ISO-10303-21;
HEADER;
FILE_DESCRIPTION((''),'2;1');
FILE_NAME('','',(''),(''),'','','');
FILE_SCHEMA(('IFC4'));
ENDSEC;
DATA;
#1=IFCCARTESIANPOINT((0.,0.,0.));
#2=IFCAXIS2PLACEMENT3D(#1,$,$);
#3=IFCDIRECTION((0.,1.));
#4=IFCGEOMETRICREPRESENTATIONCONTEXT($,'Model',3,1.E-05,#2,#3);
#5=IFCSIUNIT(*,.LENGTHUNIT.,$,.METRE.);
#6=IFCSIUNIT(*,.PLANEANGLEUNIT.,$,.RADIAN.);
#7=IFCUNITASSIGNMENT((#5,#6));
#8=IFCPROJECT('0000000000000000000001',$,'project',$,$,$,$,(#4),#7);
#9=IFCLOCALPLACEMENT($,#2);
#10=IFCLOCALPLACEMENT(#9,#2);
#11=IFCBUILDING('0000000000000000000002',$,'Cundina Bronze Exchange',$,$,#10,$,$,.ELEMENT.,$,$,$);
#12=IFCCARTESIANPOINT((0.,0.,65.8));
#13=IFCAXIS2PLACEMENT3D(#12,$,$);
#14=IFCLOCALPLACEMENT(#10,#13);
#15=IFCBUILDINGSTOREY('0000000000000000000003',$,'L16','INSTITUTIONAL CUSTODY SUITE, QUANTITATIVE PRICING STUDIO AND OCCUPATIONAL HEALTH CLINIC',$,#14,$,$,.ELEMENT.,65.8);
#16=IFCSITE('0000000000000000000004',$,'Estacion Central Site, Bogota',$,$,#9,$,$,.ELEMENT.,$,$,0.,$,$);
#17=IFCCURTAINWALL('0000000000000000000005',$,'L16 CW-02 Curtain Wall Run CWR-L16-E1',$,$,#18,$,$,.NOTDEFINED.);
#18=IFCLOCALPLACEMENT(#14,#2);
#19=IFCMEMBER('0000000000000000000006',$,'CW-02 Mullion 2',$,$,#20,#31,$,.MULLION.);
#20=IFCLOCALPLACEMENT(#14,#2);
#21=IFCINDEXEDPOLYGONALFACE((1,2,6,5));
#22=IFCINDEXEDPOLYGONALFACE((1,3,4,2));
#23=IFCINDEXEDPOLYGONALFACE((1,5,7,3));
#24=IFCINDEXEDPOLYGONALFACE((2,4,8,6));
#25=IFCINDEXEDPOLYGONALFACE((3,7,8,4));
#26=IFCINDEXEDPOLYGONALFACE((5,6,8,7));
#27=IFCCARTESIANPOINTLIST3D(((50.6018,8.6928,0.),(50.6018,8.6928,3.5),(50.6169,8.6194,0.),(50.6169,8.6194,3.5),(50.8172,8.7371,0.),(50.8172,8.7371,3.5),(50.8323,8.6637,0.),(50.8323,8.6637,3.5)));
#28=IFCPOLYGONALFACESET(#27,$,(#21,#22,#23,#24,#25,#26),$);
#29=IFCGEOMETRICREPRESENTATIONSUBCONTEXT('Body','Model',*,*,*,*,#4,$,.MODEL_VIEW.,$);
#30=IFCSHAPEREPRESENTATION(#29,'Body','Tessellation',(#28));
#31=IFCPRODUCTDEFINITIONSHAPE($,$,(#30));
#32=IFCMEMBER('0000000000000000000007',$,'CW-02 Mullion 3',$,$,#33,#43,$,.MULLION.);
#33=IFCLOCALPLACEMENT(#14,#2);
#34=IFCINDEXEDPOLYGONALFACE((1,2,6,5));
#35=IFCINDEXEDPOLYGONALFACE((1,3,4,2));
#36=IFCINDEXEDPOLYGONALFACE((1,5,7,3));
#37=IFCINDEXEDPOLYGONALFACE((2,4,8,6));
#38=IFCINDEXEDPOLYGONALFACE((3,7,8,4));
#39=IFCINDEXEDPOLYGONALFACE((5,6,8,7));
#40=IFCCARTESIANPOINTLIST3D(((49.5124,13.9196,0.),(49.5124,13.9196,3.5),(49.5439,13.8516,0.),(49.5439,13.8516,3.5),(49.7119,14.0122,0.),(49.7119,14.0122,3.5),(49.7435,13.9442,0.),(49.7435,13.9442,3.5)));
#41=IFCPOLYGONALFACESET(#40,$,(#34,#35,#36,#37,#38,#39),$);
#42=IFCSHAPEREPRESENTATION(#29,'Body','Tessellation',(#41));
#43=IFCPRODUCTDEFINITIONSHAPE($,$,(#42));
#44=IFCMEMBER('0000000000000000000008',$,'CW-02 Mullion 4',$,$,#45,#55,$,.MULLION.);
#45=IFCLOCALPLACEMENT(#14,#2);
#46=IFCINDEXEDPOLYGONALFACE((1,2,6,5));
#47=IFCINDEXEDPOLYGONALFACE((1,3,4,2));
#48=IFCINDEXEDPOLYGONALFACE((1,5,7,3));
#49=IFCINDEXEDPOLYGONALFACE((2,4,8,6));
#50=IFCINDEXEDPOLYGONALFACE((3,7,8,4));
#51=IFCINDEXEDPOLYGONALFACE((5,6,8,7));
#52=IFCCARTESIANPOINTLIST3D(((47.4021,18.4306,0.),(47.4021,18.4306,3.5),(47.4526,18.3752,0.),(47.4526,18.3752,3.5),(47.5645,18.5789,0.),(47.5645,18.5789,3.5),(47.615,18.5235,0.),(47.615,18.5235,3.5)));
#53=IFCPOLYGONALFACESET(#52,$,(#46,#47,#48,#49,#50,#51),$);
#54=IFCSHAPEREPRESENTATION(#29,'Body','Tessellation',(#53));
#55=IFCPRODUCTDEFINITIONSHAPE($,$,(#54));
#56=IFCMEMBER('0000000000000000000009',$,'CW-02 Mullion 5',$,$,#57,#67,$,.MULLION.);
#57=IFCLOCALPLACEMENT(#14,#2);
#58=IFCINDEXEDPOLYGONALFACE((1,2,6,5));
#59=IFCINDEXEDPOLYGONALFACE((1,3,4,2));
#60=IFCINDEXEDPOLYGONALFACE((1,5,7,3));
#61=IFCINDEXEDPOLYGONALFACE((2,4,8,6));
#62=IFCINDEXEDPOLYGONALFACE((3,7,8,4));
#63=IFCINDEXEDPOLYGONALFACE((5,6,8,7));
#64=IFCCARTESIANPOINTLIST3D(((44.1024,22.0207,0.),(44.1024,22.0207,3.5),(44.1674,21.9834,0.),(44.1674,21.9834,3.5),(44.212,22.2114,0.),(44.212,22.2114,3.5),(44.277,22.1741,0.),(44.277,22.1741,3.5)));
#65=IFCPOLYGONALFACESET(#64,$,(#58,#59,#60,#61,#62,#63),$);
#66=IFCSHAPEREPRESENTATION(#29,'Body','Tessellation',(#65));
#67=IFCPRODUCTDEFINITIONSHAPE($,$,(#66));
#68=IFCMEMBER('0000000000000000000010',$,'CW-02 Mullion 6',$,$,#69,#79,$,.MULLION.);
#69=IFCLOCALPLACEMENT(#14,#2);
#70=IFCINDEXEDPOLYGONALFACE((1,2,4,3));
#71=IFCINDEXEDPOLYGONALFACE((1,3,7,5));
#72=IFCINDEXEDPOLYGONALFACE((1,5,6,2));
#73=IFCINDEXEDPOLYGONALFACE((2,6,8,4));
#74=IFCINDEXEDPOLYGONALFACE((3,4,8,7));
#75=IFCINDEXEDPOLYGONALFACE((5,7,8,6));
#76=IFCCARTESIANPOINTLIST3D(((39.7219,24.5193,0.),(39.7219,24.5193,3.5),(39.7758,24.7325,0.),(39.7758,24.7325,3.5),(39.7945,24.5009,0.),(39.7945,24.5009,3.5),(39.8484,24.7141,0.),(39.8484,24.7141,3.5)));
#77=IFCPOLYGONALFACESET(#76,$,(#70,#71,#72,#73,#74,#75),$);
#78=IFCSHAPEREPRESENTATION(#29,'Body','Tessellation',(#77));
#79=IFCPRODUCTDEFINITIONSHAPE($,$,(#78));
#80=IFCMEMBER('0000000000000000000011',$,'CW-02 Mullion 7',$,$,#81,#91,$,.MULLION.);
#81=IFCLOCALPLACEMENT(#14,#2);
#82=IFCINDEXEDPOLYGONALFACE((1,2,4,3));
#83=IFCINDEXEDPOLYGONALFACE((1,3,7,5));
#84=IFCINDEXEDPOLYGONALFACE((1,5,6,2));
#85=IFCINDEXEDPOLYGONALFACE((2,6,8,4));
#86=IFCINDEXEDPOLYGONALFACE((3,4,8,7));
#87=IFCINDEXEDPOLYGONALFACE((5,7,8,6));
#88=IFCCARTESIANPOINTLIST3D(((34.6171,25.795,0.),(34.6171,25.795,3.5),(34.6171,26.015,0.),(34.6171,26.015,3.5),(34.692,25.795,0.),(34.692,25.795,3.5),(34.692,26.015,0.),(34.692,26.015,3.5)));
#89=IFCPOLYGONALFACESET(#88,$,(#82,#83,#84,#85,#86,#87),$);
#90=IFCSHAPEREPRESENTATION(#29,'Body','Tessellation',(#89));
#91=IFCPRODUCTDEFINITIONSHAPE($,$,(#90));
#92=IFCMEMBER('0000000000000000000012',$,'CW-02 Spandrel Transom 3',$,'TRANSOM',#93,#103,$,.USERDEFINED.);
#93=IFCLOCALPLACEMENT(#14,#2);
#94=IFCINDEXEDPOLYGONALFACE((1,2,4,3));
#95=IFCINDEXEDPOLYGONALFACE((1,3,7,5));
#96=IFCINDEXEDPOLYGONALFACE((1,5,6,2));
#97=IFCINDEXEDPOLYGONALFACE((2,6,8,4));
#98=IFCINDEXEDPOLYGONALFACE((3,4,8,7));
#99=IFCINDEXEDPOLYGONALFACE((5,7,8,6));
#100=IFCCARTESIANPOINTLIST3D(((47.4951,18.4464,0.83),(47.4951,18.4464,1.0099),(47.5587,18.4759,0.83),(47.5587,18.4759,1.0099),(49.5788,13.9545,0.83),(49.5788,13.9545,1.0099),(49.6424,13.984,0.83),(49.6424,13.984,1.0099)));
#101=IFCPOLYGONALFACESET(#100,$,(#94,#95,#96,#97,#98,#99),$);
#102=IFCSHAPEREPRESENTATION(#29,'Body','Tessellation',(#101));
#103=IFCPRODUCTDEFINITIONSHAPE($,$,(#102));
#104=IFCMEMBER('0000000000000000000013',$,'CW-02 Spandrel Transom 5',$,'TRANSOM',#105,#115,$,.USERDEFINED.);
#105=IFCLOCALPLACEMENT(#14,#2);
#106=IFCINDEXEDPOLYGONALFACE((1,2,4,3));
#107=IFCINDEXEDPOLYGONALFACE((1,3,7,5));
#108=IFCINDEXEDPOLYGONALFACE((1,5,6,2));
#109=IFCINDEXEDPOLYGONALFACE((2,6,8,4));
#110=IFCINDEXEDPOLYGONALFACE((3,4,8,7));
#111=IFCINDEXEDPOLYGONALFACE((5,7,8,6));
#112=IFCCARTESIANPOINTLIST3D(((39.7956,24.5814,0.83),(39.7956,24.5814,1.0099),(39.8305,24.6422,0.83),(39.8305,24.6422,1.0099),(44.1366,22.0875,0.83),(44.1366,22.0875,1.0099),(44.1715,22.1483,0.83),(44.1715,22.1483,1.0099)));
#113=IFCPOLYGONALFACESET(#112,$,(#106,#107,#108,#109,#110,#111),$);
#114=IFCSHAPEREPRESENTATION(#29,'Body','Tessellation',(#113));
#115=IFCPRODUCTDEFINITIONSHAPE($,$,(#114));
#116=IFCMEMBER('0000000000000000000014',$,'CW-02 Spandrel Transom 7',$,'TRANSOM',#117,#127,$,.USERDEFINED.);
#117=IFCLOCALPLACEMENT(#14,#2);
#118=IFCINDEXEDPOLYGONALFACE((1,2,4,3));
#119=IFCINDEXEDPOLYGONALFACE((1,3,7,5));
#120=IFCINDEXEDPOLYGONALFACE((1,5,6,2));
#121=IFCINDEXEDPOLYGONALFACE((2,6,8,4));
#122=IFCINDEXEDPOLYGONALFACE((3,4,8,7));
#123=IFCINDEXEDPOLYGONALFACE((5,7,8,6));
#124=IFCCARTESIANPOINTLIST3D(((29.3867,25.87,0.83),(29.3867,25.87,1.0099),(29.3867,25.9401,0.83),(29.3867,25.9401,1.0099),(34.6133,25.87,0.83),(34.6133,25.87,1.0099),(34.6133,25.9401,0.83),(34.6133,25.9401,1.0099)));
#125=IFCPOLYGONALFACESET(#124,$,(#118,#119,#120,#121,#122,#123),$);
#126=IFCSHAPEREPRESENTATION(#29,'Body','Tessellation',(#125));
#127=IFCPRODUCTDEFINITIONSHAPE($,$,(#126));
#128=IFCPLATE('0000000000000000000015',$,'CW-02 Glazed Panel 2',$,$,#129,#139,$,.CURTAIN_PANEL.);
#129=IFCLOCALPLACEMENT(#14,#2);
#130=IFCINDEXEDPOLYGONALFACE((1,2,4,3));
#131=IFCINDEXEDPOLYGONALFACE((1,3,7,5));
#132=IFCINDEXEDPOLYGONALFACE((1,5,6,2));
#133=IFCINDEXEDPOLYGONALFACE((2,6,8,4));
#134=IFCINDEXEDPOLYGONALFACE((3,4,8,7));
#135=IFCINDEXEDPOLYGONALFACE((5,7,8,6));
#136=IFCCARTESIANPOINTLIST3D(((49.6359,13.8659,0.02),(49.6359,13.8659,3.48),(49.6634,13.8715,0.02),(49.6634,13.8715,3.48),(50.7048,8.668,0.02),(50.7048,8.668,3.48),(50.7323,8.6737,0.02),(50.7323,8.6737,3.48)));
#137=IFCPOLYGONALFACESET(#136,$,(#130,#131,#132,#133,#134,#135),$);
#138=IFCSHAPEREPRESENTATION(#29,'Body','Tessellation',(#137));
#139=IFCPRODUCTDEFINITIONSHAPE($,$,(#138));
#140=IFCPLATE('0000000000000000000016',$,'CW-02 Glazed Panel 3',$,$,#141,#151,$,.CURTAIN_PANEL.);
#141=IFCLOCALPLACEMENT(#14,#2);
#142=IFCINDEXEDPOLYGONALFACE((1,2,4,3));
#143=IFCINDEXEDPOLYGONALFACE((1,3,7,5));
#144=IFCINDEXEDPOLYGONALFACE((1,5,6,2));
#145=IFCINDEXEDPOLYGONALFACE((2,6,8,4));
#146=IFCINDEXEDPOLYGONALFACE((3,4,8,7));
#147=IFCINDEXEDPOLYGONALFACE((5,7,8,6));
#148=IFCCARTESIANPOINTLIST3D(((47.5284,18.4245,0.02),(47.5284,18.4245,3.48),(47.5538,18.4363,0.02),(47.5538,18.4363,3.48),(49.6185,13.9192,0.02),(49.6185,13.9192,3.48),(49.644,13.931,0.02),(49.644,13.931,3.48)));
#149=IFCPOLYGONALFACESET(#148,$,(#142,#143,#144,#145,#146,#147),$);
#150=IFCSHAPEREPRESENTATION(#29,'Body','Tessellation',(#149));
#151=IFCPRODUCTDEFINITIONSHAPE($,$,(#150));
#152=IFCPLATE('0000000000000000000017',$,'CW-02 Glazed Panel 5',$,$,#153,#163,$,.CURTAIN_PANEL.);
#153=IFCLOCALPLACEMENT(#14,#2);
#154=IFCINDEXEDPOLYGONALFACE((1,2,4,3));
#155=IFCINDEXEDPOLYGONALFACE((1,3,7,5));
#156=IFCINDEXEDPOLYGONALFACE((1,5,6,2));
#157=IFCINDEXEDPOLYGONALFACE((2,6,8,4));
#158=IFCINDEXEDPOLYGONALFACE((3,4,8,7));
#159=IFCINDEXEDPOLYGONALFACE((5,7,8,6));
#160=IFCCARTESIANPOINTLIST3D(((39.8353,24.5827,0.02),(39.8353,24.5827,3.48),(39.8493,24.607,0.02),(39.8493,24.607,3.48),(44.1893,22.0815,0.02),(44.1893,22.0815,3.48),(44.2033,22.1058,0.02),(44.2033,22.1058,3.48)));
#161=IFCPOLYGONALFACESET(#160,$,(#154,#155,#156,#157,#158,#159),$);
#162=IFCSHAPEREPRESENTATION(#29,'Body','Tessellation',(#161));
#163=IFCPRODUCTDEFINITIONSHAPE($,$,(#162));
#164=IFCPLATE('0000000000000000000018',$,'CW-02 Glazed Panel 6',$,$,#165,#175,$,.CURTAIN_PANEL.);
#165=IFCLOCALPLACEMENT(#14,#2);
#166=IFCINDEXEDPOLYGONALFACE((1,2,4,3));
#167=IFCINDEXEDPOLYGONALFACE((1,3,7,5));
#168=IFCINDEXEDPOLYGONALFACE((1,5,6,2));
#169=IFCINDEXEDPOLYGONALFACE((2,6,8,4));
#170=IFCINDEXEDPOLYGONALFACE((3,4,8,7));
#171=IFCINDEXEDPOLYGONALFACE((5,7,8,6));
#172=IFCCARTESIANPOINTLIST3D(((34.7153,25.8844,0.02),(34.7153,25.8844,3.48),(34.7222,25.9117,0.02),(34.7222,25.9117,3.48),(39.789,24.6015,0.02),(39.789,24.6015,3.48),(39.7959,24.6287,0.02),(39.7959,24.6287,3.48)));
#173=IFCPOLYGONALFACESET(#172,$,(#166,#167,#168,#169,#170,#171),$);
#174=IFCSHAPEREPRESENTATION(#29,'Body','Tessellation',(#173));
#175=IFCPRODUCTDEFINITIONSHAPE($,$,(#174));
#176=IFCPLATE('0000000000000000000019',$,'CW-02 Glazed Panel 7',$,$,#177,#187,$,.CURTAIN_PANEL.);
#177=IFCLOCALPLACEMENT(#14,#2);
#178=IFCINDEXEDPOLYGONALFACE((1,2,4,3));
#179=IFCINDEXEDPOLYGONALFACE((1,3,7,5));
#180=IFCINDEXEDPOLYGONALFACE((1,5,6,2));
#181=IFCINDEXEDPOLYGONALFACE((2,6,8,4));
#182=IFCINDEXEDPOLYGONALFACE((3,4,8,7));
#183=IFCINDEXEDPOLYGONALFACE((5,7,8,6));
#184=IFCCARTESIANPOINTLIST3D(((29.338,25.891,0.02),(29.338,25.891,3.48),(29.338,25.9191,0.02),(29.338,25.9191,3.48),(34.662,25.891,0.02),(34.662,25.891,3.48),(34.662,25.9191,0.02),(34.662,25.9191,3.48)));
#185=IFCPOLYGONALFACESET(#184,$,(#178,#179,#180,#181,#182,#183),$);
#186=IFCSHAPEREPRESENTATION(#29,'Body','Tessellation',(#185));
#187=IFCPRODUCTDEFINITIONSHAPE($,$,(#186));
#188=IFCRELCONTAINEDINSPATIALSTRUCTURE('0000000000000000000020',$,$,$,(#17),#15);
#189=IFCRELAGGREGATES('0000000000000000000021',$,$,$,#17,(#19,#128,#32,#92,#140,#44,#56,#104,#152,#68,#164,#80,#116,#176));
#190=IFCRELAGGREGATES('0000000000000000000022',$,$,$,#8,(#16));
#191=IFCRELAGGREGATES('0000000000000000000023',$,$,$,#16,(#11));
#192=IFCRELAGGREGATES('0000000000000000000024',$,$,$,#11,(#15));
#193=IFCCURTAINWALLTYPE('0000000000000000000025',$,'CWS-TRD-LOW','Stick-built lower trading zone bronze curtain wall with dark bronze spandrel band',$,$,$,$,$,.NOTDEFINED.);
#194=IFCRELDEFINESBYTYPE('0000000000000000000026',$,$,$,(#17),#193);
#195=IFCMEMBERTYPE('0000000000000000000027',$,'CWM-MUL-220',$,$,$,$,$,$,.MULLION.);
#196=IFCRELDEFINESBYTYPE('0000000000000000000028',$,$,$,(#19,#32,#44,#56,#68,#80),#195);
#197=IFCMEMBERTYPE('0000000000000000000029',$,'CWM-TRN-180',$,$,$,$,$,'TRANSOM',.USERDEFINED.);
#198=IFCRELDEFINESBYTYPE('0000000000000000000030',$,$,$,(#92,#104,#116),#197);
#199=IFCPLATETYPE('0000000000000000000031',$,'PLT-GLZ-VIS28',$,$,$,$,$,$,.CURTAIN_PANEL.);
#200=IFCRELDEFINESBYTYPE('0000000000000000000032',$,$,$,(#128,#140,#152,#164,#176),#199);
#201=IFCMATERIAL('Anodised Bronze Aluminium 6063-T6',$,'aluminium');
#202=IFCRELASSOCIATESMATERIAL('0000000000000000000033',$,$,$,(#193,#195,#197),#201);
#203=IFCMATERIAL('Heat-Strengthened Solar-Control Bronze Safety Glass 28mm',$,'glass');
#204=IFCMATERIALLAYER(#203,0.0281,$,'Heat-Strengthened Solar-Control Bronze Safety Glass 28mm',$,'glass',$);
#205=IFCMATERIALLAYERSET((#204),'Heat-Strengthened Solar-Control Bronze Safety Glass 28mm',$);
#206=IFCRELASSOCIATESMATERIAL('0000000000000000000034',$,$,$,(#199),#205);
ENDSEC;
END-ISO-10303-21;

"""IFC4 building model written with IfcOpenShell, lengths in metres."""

from ifc_helpers import new_model, si_unit, direction, frame, origin, origin_2d, place, context, subcontext, project, spatial, rectangle, extrude, material, layer, layer_set, material_profile, profile_set, type_object, element, aggregate, save


model = new_model("IFC4")

# Units and contexts
model_context = context("Model", 3, precision=1e-05, world=origin(), true_north=direction((0.0, 1.0)))
body_context = subcontext(model_context, "Body", "Model", "MODEL_VIEW")
ifc_project = project(units=[si_unit("LENGTHUNIT", "METRE"), si_unit("PLANEANGLEUNIT", "RADIAN")], contexts=[model_context])

# Site, building, storey
site_placement = place(None, origin())
site = spatial("IfcSite", under=ifc_project, at=site_placement, Name="Estacion Central Site, Bogota", CompositionType="ELEMENT", RefElevation=0.0)
building_placement = place(site_placement, origin())
building = spatial("IfcBuilding", under=site, at=building_placement, Name="Cundina Bronze Exchange", CompositionType="ELEMENT")
storey_placement = place(building_placement, frame((0.0, 0.0, 65.8)))
storey = spatial("IfcBuildingStorey", under=building, at=storey_placement, Name="L16", Description="INSTITUTIONAL CUSTODY SUITE, QUANTITATIVE PRICING STUDIO AND OCCUPATIONAL HEALTH CLINIC", CompositionType="ELEMENT", Elevation=65.8)

# Curtain wall, members, plates
ifc_material_1 = material(Name="Anodised Bronze Aluminium 6063-T6", Category="aluminium")
curtain_wall_type = type_object("IfcCurtainWallType", Name="CWS-TRD-LOW", Description="Stick-built lower trading zone bronze curtain wall with dark bronze spandrel band", PredefinedType="NOTDEFINED", material=ifc_material_1)
curtain_wall_placement = place(storey_placement, origin())
curtain_wall = element("IfcCurtainWall", 1, at=curtain_wall_placement, inside=storey, type_object=curtain_wall_type, Name="L16 CW-02 Curtain Wall Run CWR-L16-E1", PredefinedType="NOTDEFINED")
ifc_material_profile_1 = material_profile(ifc_material_1, rectangle(XDim=0.075, YDim=0.22, at=origin_2d()), Name="AL75X220", Category="aluminium")
ifc_profile_set_1 = profile_set([ifc_material_profile_1], Name="Anodised Bronze Aluminium 6063-T6")
member_type_1 = type_object("IfcMemberType", Name="CWM-MUL-220", PredefinedType="MULLION", material=ifc_profile_set_1)
member_1_placement = place(storey_placement, frame((50.717, 8.6782, 0.0), z_axis=(0.0, 0.0, 1.0), x_axis=(-0.20142, 0.979505, 0.0)))
member_1 = element("IfcMember", 2, at=member_1_placement, type_object=member_type_1, Name="CW-02 Mullion 2", PredefinedType="MULLION", context=body_context, shape_type="SweptSolid", body=[
    extrude(rectangle(XDim=0.075, YDim=0.22, at=origin_2d()), origin(), (0.0, 0.0, 1.0), 3.5),
])
member_2_placement = place(storey_placement, frame((49.6279, 13.9319, 0.0), z_axis=(0.0, 0.0, 1.0), x_axis=(-0.420877, 0.907117, 0.0)))
member_2 = element("IfcMember", 3, at=member_2_placement, type_object=member_type_1, Name="CW-02 Mullion 3", PredefinedType="MULLION", context=body_context, shape_type="SweptSolid", body=[
    extrude(rectangle(XDim=0.075, YDim=0.22, at=origin_2d()), origin(), (0.0, 0.0, 1.0), 3.5),
])
member_3_placement = place(storey_placement, frame((47.5085, 18.4771, 0.0), z_axis=(0.0, 0.0, 1.0), x_axis=(-0.674302, 0.738455, 0.0)))
member_3 = element("IfcMember", 4, at=member_3_placement, type_object=member_type_1, Name="CW-02 Mullion 4", PredefinedType="MULLION", context=body_context, shape_type="SweptSolid", body=[
    extrude(rectangle(XDim=0.075, YDim=0.22, at=origin_2d()), origin(), (0.0, 0.0, 1.0), 3.5),
])
member_4_placement = place(storey_placement, frame((44.1897, 22.0974, 0.0), z_axis=(0.0, 0.0, 1.0), x_axis=(-0.867071, 0.498185, 0.0)))
member_4 = element("IfcMember", 5, at=member_4_placement, type_object=member_type_1, Name="CW-02 Mullion 5", PredefinedType="MULLION", context=body_context, shape_type="SweptSolid", body=[
    extrude(rectangle(XDim=0.075, YDim=0.22, at=origin_2d()), origin(), (0.0, 0.0, 1.0), 3.5),
])
member_5_placement = place(storey_placement, frame((39.7852, 24.6167, 0.0), z_axis=(0.0, 0.0, 1.0), x_axis=(-0.969488, 0.245138, 0.0)))
member_5 = element("IfcMember", 6, at=member_5_placement, type_object=member_type_1, Name="CW-02 Mullion 6", PredefinedType="MULLION", context=body_context, shape_type="SweptSolid", body=[
    extrude(rectangle(XDim=0.075, YDim=0.22, at=origin_2d()), origin(), (0.0, 0.0, 1.0), 3.5),
])
member_6_placement = place(storey_placement, frame((34.6545, 25.905, 0.0), z_axis=(0.0, 0.0, 1.0), x_axis=(-1.0, 0.0, 0.0)))
member_6 = element("IfcMember", 7, at=member_6_placement, type_object=member_type_1, Name="CW-02 Mullion 7", PredefinedType="MULLION", context=body_context, shape_type="SweptSolid", body=[
    extrude(rectangle(XDim=0.075, YDim=0.22, at=origin_2d()), origin(), (0.0, 0.0, 1.0), 3.5),
])
ifc_material_profile_2 = material_profile(ifc_material_1, rectangle(XDim=0.0701, YDim=0.1799, at=origin_2d()), Name="AL70X180", Category="aluminium")
ifc_profile_set_2 = profile_set([ifc_material_profile_2], Name="Anodised Bronze Aluminium 6063-T6")
member_type_2 = type_object("IfcMemberType", Name="CWM-TRN-180", ElementType="TRANSOM", PredefinedType="USERDEFINED", material=ifc_profile_set_2)
member_7_placement = place(storey_placement, frame((49.6106, 13.9692, 0.9199), z_axis=(-0.420811, 0.907148, 0.0), x_axis=(-0.907148, -0.420811, 0.0)))
member_7 = element("IfcMember", 8, at=member_7_placement, type_object=member_type_2, Name="CW-02 Spandrel Transom 3", ObjectType="TRANSOM", PredefinedType="USERDEFINED", context=body_context, shape_type="SweptSolid", body=[
    extrude(rectangle(XDim=0.0701, YDim=0.1799, at=origin_2d()), origin(), (0.0, 0.0, 1.0), 4.9517),
])
member_8_placement = place(storey_placement, frame((44.1541, 22.1179, 0.9199), z_axis=(-0.867097, 0.498139, 0.0), x_axis=(-0.498139, -0.867097, 0.0)))
member_8 = element("IfcMember", 9, at=member_8_placement, type_object=member_type_2, Name="CW-02 Spandrel Transom 5", ObjectType="TRANSOM", PredefinedType="USERDEFINED", context=body_context, shape_type="SweptSolid", body=[
    extrude(rectangle(XDim=0.0701, YDim=0.1799, at=origin_2d()), origin(), (0.0, 0.0, 1.0), 5.0063),
])
member_9_placement = place(storey_placement, frame((34.6133, 25.905, 0.9199), z_axis=(-1.0, 0.0, 0.0), x_axis=(0.0, -1.0, 0.0)))
member_9 = element("IfcMember", 10, at=member_9_placement, type_object=member_type_2, Name="CW-02 Spandrel Transom 7", ObjectType="TRANSOM", PredefinedType="USERDEFINED", context=body_context, shape_type="SweptSolid", body=[
    extrude(rectangle(XDim=0.0701, YDim=0.1799, at=origin_2d()), origin(), (0.0, 0.0, 1.0), 5.2266),
])
ifc_material_2 = material(Name="Heat-Strengthened Solar-Control Bronze Safety Glass 28mm", Category="glass")
ifc_layer_1 = layer(ifc_material_2, 0.0281, Name="Heat-Strengthened Solar-Control Bronze Safety Glass 28mm", Category="glass")
ifc_layer_set_1 = layer_set([ifc_layer_1], Name="Heat-Strengthened Solar-Control Bronze Safety Glass 28mm")
plate_type_1 = type_object("IfcPlateType", Name="PLT-GLZ-VIS28", PredefinedType="CURTAIN_PANEL", material=ifc_layer_set_1)
plate_1_placement = place(storey_placement, frame((50.1841, 11.2698, 0.02), z_axis=(0.0, 0.0, 1.0), x_axis=(-0.20142, 0.979505, 0.0)))
plate_1 = element("IfcPlate", 11, at=plate_1_placement, type_object=plate_type_1, Name="CW-02 Glazed Panel 2", PredefinedType="CURTAIN_PANEL", context=body_context, shape_type="SweptSolid", body=[
    extrude(rectangle(XDim=5.3066, YDim=0.0281, at=origin_2d()), origin(), (0.0, 0.0, 1.0), 3.46),
])
plate_2_placement = place(storey_placement, frame((48.5862, 16.1777, 0.02), z_axis=(0.0, 0.0, 1.0), x_axis=(-0.420846, 0.907132, 0.0)))
plate_2 = element("IfcPlate", 12, at=plate_2_placement, type_object=plate_type_1, Name="CW-02 Glazed Panel 3", PredefinedType="CURTAIN_PANEL", context=body_context, shape_type="SweptSolid", body=[
    extrude(rectangle(XDim=4.9666, YDim=0.0281, at=origin_2d()), origin(), (0.0, 0.0, 1.0), 3.46),
])
plate_3_placement = place(storey_placement, frame((42.0193, 23.3442, 0.02), z_axis=(0.0, 0.0, 1.0), x_axis=(-0.867105, 0.498125, 0.0)))
plate_3 = element("IfcPlate", 13, at=plate_3_placement, type_object=plate_type_1, Name="CW-02 Glazed Panel 5", PredefinedType="CURTAIN_PANEL", context=body_context, shape_type="SweptSolid", body=[
    extrude(rectangle(XDim=5.0212, YDim=0.0281, at=origin_2d()), origin(), (0.0, 0.0, 1.0), 3.46),
])
plate_4_placement = place(storey_placement, frame((37.2556, 25.2566, 0.02), z_axis=(0.0, 0.0, 1.0), x_axis=(-0.969488, 0.245138, 0.0)))
plate_4 = element("IfcPlate", 14, at=plate_4_placement, type_object=plate_type_1, Name="CW-02 Glazed Panel 6", PredefinedType="CURTAIN_PANEL", context=body_context, shape_type="SweptSolid", body=[
    extrude(rectangle(XDim=5.2334, YDim=0.0281, at=origin_2d()), origin(), (0.0, 0.0, 1.0), 3.46),
])
plate_5_placement = place(storey_placement, frame((32.0, 25.905, 0.02), z_axis=(0.0, 0.0, 1.0), x_axis=(-1.0, 0.0, 0.0)))
plate_5 = element("IfcPlate", 15, at=plate_5_placement, type_object=plate_type_1, Name="CW-02 Glazed Panel 7", PredefinedType="CURTAIN_PANEL", context=body_context, shape_type="SweptSolid", body=[
    extrude(rectangle(XDim=5.324, YDim=0.0281, at=origin_2d()), origin(), (0.0, 0.0, 1.0), 3.46),
])
aggregate(curtain_wall, [member_1, plate_1, member_2, member_7, plate_2, member_3, member_4, member_8, plate_3, member_5, plate_4, member_6, member_9, plate_5])

save(model, "model.ifc")
